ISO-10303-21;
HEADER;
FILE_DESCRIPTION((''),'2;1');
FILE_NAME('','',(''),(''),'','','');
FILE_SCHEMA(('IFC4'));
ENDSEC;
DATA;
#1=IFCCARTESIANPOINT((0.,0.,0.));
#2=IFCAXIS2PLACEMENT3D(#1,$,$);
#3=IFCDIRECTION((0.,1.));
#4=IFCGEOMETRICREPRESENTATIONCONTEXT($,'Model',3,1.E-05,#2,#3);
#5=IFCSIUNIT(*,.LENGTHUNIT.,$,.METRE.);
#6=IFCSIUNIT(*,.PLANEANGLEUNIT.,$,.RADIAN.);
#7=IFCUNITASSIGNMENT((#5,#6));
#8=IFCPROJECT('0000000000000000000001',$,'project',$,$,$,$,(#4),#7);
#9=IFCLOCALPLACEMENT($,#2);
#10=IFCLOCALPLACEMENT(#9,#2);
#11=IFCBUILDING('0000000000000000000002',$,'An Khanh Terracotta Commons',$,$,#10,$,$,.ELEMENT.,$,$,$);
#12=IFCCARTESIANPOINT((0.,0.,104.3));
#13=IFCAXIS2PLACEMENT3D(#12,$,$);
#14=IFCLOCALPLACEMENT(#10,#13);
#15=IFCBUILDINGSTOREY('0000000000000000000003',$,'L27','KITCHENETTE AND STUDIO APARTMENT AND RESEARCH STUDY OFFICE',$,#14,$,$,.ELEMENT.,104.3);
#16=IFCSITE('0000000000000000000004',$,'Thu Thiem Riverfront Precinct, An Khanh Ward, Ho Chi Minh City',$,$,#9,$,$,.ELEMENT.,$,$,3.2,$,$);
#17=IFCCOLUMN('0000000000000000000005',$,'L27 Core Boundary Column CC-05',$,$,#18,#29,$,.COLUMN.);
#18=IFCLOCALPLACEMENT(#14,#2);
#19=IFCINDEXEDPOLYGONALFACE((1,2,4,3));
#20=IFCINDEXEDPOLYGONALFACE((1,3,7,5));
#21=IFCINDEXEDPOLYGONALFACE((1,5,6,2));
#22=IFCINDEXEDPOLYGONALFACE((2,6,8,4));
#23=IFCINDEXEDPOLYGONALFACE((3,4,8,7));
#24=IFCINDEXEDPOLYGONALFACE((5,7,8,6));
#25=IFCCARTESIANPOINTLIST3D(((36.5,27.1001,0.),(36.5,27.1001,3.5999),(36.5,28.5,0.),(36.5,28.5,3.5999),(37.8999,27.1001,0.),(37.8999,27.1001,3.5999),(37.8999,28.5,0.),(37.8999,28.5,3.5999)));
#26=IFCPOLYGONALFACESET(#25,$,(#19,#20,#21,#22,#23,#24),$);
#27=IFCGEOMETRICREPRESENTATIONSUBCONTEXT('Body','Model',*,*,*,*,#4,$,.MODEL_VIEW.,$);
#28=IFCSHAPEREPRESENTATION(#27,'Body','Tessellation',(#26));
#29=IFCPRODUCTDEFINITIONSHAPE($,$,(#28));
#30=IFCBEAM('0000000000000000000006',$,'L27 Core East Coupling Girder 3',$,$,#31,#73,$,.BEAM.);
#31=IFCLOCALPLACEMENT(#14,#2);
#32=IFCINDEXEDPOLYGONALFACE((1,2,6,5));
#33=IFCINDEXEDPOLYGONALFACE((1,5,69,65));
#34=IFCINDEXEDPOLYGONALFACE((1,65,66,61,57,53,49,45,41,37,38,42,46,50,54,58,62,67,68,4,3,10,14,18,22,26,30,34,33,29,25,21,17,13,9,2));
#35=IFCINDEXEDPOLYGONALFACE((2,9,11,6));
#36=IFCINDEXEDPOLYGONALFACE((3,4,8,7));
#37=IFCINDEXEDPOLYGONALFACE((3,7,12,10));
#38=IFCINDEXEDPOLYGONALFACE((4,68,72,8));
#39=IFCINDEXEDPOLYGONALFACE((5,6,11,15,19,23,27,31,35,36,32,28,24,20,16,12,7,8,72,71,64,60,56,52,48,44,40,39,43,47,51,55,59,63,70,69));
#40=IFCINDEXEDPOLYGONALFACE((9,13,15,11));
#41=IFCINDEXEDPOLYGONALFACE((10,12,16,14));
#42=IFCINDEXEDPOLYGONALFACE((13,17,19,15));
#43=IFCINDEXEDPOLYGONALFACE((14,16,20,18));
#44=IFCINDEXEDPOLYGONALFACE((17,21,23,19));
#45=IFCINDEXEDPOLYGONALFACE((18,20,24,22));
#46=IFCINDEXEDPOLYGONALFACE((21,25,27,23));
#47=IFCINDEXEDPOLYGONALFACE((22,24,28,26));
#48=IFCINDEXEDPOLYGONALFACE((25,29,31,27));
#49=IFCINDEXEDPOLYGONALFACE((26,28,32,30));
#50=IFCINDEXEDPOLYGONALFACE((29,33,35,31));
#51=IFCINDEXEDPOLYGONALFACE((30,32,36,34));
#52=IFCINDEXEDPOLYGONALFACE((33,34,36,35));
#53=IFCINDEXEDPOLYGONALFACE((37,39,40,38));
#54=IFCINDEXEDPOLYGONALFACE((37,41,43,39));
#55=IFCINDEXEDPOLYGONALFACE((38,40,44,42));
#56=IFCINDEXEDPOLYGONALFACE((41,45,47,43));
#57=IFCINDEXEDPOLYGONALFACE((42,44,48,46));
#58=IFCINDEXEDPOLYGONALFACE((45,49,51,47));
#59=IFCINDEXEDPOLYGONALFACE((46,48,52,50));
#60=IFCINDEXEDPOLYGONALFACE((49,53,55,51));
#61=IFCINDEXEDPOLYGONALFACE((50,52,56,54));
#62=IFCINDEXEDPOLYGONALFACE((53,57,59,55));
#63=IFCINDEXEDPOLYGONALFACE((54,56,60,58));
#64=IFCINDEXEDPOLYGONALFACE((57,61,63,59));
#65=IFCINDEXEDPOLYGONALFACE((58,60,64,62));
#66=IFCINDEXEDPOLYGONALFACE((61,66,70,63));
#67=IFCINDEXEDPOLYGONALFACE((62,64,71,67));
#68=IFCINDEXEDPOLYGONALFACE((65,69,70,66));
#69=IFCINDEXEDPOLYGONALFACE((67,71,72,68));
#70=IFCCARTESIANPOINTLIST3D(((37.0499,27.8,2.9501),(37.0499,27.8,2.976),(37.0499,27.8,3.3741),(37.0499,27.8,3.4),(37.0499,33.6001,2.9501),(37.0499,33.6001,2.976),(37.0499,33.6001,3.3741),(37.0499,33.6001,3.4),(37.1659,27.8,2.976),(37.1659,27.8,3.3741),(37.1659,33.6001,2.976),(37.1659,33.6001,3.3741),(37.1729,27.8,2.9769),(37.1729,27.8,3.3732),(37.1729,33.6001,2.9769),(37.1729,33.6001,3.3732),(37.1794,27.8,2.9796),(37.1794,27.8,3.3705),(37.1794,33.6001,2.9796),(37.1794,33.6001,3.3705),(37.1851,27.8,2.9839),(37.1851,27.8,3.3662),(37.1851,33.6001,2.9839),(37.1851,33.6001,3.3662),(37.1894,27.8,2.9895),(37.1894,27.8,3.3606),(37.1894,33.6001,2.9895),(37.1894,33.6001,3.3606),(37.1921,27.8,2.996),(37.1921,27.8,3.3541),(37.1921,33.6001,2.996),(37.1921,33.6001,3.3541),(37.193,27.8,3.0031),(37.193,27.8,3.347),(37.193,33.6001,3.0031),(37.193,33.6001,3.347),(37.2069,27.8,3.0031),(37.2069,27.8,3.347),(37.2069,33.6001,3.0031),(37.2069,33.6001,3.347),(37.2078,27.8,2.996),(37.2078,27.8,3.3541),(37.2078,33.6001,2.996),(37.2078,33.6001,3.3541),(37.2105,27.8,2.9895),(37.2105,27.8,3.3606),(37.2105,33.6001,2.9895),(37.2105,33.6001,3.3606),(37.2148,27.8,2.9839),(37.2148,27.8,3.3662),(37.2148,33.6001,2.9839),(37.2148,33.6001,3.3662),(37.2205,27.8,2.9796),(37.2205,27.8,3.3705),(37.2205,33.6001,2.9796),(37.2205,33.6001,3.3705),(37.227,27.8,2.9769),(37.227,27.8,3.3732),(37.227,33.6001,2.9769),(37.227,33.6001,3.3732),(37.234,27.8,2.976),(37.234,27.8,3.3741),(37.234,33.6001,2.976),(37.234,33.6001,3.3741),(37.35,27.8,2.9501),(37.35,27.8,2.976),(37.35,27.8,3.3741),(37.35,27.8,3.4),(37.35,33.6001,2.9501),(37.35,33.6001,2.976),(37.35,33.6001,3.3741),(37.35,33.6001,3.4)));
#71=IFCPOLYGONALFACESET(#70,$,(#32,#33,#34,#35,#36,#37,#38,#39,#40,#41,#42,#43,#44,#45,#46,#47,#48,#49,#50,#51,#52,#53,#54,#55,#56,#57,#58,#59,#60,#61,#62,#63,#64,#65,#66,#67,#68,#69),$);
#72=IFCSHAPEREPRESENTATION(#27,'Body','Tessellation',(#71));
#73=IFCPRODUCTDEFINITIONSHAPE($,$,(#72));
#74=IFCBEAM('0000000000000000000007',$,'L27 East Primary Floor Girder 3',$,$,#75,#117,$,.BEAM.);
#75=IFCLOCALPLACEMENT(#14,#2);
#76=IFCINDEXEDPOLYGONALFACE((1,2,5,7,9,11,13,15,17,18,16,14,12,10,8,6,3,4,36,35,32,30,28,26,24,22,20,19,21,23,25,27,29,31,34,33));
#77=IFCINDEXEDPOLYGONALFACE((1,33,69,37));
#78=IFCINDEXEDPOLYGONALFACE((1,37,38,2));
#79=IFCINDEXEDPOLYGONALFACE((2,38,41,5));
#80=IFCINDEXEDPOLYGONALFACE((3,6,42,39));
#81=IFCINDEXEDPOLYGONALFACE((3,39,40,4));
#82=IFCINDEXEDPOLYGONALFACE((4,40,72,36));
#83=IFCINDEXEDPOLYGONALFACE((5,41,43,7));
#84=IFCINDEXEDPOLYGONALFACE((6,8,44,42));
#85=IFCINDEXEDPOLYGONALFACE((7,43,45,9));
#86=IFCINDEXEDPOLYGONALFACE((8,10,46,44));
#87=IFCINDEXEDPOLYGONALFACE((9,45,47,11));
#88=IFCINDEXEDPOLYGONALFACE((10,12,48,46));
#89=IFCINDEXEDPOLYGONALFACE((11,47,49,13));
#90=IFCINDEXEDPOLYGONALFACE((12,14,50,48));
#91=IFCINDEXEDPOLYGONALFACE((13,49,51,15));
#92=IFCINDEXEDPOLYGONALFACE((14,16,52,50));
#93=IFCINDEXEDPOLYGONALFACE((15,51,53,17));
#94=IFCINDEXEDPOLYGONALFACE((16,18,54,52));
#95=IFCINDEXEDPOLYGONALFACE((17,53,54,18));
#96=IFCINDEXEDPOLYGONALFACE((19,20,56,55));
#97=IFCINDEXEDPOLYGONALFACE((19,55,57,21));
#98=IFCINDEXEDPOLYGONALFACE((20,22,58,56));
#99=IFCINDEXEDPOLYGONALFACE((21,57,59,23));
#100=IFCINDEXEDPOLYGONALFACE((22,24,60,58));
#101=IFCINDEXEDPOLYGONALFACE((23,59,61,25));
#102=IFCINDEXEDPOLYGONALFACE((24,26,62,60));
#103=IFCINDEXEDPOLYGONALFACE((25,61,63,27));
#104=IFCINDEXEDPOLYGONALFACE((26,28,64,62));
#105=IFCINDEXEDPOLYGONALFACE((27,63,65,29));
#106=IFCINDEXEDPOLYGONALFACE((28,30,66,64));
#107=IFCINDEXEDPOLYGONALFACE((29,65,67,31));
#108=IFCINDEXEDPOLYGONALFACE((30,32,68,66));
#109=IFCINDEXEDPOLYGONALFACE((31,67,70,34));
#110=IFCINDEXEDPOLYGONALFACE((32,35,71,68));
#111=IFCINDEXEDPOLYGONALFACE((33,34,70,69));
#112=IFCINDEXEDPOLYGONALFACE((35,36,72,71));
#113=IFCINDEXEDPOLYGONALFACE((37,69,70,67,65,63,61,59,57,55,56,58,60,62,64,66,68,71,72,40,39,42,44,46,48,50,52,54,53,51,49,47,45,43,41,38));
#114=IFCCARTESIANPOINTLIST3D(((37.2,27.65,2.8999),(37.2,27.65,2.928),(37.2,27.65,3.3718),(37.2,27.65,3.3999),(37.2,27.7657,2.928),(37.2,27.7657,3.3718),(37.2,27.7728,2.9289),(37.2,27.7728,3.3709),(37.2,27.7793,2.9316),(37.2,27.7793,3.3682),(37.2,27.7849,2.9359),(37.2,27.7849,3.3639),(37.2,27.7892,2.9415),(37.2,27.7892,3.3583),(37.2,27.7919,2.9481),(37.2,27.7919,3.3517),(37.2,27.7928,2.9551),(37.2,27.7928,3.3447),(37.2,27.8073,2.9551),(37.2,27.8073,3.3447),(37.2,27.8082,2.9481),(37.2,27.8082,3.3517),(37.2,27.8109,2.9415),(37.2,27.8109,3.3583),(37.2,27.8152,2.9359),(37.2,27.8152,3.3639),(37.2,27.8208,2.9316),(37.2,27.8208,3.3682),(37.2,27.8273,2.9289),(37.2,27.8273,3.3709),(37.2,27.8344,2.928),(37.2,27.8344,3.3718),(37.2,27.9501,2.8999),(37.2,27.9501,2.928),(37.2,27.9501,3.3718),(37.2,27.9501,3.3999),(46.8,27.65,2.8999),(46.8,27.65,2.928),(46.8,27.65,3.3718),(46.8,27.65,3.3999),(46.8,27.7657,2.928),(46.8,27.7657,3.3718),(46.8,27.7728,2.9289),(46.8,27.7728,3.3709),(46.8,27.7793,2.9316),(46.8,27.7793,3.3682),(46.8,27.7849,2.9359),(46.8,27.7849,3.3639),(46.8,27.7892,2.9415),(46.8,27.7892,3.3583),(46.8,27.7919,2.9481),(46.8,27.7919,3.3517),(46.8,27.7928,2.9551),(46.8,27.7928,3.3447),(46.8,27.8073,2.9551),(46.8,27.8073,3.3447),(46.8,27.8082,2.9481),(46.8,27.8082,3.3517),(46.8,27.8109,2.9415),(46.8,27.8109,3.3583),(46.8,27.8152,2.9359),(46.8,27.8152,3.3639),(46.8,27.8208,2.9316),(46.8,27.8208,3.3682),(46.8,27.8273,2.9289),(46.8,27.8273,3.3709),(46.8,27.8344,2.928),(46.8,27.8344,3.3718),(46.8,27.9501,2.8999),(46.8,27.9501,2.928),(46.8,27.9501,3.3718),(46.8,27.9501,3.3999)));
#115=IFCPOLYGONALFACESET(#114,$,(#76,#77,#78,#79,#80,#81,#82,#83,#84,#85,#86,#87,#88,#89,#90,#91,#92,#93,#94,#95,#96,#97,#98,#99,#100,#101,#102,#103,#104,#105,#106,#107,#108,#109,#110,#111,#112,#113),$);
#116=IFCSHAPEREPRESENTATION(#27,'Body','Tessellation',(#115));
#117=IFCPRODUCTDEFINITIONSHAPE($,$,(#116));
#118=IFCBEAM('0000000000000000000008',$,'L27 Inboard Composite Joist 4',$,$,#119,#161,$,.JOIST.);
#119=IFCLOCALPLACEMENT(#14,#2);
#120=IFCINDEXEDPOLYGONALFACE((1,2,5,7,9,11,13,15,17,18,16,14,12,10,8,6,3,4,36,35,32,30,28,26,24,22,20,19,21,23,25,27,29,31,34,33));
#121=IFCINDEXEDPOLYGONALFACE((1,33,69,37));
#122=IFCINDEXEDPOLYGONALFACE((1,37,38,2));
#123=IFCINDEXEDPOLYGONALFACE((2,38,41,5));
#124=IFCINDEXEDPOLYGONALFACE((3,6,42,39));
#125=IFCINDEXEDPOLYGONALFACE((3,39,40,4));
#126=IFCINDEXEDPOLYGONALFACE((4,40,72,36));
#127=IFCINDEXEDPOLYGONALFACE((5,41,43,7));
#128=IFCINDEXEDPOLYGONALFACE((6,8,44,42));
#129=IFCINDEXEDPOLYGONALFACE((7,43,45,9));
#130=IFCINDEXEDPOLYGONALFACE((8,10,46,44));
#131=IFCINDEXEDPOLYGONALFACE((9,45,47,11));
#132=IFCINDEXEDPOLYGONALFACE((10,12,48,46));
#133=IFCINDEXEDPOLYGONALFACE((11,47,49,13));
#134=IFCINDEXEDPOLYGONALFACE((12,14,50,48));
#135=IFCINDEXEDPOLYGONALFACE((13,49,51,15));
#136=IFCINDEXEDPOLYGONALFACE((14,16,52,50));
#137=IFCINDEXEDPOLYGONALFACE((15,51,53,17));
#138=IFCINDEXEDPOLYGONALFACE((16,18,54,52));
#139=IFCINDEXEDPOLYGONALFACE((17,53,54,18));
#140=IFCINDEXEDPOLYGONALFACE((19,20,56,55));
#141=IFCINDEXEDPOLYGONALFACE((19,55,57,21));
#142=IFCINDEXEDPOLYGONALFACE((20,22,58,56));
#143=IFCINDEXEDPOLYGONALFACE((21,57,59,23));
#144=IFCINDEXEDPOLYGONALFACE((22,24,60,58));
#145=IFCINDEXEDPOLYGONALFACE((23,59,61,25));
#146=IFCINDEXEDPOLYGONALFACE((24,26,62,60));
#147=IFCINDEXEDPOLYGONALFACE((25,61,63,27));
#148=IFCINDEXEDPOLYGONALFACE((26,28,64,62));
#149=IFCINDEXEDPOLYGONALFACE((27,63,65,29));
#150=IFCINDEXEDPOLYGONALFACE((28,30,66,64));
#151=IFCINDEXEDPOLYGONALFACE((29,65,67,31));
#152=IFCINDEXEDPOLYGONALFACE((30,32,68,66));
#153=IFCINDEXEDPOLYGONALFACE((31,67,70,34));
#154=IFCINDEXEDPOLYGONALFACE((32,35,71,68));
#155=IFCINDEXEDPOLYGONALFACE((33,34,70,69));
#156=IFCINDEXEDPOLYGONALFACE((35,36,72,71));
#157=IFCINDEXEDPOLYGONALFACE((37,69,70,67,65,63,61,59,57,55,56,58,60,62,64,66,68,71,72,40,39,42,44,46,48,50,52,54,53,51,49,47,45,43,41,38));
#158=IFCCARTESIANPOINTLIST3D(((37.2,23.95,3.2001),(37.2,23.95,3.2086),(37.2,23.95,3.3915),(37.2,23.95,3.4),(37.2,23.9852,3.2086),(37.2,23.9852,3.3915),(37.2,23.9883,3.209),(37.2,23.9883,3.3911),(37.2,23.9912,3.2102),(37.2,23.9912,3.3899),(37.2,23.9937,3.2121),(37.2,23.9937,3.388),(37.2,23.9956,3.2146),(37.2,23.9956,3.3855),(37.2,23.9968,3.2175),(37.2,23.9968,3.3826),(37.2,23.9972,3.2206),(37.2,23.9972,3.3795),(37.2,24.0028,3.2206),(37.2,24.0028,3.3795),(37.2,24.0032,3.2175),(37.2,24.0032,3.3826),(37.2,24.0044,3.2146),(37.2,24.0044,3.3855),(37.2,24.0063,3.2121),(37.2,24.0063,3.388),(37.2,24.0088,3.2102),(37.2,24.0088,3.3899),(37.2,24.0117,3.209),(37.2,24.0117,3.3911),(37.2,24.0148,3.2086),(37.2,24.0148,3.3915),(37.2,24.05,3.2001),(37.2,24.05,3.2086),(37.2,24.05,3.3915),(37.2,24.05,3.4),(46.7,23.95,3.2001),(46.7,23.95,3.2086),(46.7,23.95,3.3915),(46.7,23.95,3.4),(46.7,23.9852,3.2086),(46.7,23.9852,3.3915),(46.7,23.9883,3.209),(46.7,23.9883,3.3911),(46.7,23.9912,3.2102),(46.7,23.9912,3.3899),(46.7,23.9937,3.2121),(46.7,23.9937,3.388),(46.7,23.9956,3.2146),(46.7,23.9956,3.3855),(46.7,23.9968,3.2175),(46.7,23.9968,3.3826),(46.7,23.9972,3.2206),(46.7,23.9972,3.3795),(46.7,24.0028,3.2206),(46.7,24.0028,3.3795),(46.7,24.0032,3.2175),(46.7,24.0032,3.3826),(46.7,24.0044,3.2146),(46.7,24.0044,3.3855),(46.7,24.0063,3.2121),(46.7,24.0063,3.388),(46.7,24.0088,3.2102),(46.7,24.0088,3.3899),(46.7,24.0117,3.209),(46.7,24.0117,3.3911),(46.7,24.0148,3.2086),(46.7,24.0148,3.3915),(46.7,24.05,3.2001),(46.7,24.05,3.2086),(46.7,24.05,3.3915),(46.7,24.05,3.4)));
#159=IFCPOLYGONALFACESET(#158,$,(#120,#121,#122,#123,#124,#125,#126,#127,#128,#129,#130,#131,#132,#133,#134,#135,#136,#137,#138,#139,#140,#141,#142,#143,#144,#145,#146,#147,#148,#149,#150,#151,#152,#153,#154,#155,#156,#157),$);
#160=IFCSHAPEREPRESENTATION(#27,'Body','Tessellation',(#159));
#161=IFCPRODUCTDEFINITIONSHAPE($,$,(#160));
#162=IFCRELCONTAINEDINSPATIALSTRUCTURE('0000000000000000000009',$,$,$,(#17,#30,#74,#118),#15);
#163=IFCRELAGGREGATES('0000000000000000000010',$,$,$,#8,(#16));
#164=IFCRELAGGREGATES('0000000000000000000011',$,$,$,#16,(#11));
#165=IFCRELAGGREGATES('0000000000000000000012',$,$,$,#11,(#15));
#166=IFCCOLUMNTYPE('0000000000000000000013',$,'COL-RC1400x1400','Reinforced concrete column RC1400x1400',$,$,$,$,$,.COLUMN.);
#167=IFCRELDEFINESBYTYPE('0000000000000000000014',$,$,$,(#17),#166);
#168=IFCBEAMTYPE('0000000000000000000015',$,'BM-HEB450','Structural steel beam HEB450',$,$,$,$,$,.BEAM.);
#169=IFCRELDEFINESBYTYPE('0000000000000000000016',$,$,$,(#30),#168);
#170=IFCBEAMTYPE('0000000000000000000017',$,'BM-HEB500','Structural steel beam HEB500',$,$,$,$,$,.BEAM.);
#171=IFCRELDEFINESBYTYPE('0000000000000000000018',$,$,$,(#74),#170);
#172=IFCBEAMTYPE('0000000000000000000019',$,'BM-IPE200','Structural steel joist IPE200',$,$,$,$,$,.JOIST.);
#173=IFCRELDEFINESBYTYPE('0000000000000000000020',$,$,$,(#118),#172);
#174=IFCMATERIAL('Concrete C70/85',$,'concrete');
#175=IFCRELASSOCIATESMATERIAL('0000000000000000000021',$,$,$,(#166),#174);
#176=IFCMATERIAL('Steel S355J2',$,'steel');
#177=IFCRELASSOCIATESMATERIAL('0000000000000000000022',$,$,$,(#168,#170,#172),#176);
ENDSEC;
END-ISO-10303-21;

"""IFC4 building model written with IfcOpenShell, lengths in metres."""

from ifc_helpers import new_model, si_unit, direction, frame, origin, origin_2d, place, context, subcontext, project, spatial, rectangle, i_section, extrude, material, material_profile, profile_set, type_object, element, save


model = new_model("IFC4")

# Units and contexts
model_context = context("Model", 3, precision=1e-05, world=origin(), true_north=direction((0.0, 1.0)))
body_context = subcontext(model_context, "Body", "Model", "MODEL_VIEW")
ifc_project = project(units=[si_unit("LENGTHUNIT", "METRE"), si_unit("PLANEANGLEUNIT", "RADIAN")], contexts=[model_context])

# Site, building, storey
site_placement = place(None, origin())
site = spatial("IfcSite", under=ifc_project, at=site_placement, Name="Thu Thiem Riverfront Precinct, An Khanh Ward, Ho Chi Minh City", CompositionType="ELEMENT", RefElevation=3.2)
building_placement = place(site_placement, origin())
building = spatial("IfcBuilding", under=site, at=building_placement, Name="An Khanh Terracotta Commons", CompositionType="ELEMENT")
storey_placement = place(building_placement, frame((0.0, 0.0, 104.3)))
storey = spatial("IfcBuildingStorey", under=building, at=storey_placement, Name="L27", Description="KITCHENETTE AND STUDIO APARTMENT AND RESEARCH STUDY OFFICE", CompositionType="ELEMENT", Elevation=104.3)

# Column
ifc_material_1 = material(Name="Concrete C70/85", Category="concrete")
ifc_material_profile_1 = material_profile(ifc_material_1, rectangle(XDim=1.3999, YDim=1.3999, at=origin_2d()), Name="RC1400x1400")
ifc_profile_set_1 = profile_set([ifc_material_profile_1], Name="Concrete C70/85")
column_type = type_object("IfcColumnType", Name="COL-RC1400x1400", Description="Reinforced concrete column RC1400x1400", PredefinedType="COLUMN", material=ifc_profile_set_1)
column_placement = place(storey_placement, frame((37.2, 27.8, 0.0), z_axis=(0.0, 0.0, 1.0), x_axis=(1.0, 0.0, 0.0)))
element("IfcColumn", 1, at=column_placement, inside=storey, type_object=column_type, Name="L27 Core Boundary Column CC-05", PredefinedType="COLUMN", context=body_context, shape_type="SweptSolid", body=[
    extrude(rectangle(XDim=1.3999, YDim=1.3999, at=origin_2d()), origin(), (0.0, 0.0, 1.0), 3.5999),
])

# Beams
ifc_material_2 = material(Name="Steel S355J2", Category="steel")
ifc_material_profile_2 = material_profile(ifc_material_2, i_section(OverallWidth=0.3, OverallDepth=0.45, WebThickness=0.0139, FlangeThickness=0.0259, FilletRadius=0.0271, at=origin_2d()), Name="HEB450")
ifc_profile_set_2 = profile_set([ifc_material_profile_2], Name="Steel S355J2")
beam_type_1 = type_object("IfcBeamType", Name="BM-HEB450", Description="Structural steel beam HEB450", PredefinedType="BEAM", material=ifc_profile_set_2)
beam_1_placement = place(storey_placement, frame((37.2, 27.8, 3.175), z_axis=(0.0, 1.0, 0.0), x_axis=(-1.0, 0.0, 0.0)))
element("IfcBeam", 2, at=beam_1_placement, inside=storey, type_object=beam_type_1, Name="L27 Core East Coupling Girder 3", PredefinedType="BEAM", context=body_context, shape_type="SweptSolid", body=[
    extrude(i_section(OverallWidth=0.3, OverallDepth=0.45, WebThickness=0.0139, FlangeThickness=0.0259, FilletRadius=0.0271, at=origin_2d()), origin(), (0.0, 0.0, 1.0), 5.8),
])
ifc_material_profile_3 = material_profile(ifc_material_2, i_section(OverallWidth=0.3, OverallDepth=0.5, WebThickness=0.0144, FlangeThickness=0.0281, FilletRadius=0.0271, at=origin_2d()), Name="HEB500")
ifc_profile_set_3 = profile_set([ifc_material_profile_3], Name="Steel S355J2")
beam_type_2 = type_object("IfcBeamType", Name="BM-HEB500", Description="Structural steel beam HEB500", PredefinedType="BEAM", material=ifc_profile_set_3)
beam_2_placement = place(storey_placement, frame((37.2, 27.8, 3.1499), z_axis=(1.0, 0.0, 0.0), x_axis=(0.0, 1.0, 0.0)))
element("IfcBeam", 3, at=beam_2_placement, inside=storey, type_object=beam_type_2, Name="L27 East Primary Floor Girder 3", PredefinedType="BEAM", context=body_context, shape_type="SweptSolid", body=[
    extrude(i_section(OverallWidth=0.3, OverallDepth=0.5, WebThickness=0.0144, FlangeThickness=0.0281, FilletRadius=0.0271, at=origin_2d()), origin(), (0.0, 0.0, 1.0), 9.6001),
])
ifc_material_profile_4 = material_profile(ifc_material_2, i_section(OverallWidth=0.1001, OverallDepth=0.2, WebThickness=0.0056, FlangeThickness=0.0085, FilletRadius=0.012, at=origin_2d()), Name="IPE200")
ifc_profile_set_4 = profile_set([ifc_material_profile_4], Name="Steel S355J2")
beam_type_3 = type_object("IfcBeamType", Name="BM-IPE200", Description="Structural steel joist IPE200", PredefinedType="JOIST", material=ifc_profile_set_4)
for number, where, z_axis, x_axis, name in (
    (4, (37.2, 24.0, 3.3), (1.0, 0.0, 0.0), (0.0, 1.0, 0.0), "L27 Inboard Composite Joist 4"),
):
    element("IfcBeam", number, at=place(storey_placement, frame(where, z_axis=z_axis, x_axis=x_axis)), inside=storey, type_object=beam_type_3, Name=name, PredefinedType="JOIST", context=body_context, shape_type="SweptSolid", body=[
        extrude(i_section(OverallWidth=0.1001, OverallDepth=0.2, WebThickness=0.0056, FlangeThickness=0.0085, FilletRadius=0.012, at=origin_2d()), origin(), (0.0, 0.0, 1.0), 9.5),
    ])

save(model, "model.ifc")
